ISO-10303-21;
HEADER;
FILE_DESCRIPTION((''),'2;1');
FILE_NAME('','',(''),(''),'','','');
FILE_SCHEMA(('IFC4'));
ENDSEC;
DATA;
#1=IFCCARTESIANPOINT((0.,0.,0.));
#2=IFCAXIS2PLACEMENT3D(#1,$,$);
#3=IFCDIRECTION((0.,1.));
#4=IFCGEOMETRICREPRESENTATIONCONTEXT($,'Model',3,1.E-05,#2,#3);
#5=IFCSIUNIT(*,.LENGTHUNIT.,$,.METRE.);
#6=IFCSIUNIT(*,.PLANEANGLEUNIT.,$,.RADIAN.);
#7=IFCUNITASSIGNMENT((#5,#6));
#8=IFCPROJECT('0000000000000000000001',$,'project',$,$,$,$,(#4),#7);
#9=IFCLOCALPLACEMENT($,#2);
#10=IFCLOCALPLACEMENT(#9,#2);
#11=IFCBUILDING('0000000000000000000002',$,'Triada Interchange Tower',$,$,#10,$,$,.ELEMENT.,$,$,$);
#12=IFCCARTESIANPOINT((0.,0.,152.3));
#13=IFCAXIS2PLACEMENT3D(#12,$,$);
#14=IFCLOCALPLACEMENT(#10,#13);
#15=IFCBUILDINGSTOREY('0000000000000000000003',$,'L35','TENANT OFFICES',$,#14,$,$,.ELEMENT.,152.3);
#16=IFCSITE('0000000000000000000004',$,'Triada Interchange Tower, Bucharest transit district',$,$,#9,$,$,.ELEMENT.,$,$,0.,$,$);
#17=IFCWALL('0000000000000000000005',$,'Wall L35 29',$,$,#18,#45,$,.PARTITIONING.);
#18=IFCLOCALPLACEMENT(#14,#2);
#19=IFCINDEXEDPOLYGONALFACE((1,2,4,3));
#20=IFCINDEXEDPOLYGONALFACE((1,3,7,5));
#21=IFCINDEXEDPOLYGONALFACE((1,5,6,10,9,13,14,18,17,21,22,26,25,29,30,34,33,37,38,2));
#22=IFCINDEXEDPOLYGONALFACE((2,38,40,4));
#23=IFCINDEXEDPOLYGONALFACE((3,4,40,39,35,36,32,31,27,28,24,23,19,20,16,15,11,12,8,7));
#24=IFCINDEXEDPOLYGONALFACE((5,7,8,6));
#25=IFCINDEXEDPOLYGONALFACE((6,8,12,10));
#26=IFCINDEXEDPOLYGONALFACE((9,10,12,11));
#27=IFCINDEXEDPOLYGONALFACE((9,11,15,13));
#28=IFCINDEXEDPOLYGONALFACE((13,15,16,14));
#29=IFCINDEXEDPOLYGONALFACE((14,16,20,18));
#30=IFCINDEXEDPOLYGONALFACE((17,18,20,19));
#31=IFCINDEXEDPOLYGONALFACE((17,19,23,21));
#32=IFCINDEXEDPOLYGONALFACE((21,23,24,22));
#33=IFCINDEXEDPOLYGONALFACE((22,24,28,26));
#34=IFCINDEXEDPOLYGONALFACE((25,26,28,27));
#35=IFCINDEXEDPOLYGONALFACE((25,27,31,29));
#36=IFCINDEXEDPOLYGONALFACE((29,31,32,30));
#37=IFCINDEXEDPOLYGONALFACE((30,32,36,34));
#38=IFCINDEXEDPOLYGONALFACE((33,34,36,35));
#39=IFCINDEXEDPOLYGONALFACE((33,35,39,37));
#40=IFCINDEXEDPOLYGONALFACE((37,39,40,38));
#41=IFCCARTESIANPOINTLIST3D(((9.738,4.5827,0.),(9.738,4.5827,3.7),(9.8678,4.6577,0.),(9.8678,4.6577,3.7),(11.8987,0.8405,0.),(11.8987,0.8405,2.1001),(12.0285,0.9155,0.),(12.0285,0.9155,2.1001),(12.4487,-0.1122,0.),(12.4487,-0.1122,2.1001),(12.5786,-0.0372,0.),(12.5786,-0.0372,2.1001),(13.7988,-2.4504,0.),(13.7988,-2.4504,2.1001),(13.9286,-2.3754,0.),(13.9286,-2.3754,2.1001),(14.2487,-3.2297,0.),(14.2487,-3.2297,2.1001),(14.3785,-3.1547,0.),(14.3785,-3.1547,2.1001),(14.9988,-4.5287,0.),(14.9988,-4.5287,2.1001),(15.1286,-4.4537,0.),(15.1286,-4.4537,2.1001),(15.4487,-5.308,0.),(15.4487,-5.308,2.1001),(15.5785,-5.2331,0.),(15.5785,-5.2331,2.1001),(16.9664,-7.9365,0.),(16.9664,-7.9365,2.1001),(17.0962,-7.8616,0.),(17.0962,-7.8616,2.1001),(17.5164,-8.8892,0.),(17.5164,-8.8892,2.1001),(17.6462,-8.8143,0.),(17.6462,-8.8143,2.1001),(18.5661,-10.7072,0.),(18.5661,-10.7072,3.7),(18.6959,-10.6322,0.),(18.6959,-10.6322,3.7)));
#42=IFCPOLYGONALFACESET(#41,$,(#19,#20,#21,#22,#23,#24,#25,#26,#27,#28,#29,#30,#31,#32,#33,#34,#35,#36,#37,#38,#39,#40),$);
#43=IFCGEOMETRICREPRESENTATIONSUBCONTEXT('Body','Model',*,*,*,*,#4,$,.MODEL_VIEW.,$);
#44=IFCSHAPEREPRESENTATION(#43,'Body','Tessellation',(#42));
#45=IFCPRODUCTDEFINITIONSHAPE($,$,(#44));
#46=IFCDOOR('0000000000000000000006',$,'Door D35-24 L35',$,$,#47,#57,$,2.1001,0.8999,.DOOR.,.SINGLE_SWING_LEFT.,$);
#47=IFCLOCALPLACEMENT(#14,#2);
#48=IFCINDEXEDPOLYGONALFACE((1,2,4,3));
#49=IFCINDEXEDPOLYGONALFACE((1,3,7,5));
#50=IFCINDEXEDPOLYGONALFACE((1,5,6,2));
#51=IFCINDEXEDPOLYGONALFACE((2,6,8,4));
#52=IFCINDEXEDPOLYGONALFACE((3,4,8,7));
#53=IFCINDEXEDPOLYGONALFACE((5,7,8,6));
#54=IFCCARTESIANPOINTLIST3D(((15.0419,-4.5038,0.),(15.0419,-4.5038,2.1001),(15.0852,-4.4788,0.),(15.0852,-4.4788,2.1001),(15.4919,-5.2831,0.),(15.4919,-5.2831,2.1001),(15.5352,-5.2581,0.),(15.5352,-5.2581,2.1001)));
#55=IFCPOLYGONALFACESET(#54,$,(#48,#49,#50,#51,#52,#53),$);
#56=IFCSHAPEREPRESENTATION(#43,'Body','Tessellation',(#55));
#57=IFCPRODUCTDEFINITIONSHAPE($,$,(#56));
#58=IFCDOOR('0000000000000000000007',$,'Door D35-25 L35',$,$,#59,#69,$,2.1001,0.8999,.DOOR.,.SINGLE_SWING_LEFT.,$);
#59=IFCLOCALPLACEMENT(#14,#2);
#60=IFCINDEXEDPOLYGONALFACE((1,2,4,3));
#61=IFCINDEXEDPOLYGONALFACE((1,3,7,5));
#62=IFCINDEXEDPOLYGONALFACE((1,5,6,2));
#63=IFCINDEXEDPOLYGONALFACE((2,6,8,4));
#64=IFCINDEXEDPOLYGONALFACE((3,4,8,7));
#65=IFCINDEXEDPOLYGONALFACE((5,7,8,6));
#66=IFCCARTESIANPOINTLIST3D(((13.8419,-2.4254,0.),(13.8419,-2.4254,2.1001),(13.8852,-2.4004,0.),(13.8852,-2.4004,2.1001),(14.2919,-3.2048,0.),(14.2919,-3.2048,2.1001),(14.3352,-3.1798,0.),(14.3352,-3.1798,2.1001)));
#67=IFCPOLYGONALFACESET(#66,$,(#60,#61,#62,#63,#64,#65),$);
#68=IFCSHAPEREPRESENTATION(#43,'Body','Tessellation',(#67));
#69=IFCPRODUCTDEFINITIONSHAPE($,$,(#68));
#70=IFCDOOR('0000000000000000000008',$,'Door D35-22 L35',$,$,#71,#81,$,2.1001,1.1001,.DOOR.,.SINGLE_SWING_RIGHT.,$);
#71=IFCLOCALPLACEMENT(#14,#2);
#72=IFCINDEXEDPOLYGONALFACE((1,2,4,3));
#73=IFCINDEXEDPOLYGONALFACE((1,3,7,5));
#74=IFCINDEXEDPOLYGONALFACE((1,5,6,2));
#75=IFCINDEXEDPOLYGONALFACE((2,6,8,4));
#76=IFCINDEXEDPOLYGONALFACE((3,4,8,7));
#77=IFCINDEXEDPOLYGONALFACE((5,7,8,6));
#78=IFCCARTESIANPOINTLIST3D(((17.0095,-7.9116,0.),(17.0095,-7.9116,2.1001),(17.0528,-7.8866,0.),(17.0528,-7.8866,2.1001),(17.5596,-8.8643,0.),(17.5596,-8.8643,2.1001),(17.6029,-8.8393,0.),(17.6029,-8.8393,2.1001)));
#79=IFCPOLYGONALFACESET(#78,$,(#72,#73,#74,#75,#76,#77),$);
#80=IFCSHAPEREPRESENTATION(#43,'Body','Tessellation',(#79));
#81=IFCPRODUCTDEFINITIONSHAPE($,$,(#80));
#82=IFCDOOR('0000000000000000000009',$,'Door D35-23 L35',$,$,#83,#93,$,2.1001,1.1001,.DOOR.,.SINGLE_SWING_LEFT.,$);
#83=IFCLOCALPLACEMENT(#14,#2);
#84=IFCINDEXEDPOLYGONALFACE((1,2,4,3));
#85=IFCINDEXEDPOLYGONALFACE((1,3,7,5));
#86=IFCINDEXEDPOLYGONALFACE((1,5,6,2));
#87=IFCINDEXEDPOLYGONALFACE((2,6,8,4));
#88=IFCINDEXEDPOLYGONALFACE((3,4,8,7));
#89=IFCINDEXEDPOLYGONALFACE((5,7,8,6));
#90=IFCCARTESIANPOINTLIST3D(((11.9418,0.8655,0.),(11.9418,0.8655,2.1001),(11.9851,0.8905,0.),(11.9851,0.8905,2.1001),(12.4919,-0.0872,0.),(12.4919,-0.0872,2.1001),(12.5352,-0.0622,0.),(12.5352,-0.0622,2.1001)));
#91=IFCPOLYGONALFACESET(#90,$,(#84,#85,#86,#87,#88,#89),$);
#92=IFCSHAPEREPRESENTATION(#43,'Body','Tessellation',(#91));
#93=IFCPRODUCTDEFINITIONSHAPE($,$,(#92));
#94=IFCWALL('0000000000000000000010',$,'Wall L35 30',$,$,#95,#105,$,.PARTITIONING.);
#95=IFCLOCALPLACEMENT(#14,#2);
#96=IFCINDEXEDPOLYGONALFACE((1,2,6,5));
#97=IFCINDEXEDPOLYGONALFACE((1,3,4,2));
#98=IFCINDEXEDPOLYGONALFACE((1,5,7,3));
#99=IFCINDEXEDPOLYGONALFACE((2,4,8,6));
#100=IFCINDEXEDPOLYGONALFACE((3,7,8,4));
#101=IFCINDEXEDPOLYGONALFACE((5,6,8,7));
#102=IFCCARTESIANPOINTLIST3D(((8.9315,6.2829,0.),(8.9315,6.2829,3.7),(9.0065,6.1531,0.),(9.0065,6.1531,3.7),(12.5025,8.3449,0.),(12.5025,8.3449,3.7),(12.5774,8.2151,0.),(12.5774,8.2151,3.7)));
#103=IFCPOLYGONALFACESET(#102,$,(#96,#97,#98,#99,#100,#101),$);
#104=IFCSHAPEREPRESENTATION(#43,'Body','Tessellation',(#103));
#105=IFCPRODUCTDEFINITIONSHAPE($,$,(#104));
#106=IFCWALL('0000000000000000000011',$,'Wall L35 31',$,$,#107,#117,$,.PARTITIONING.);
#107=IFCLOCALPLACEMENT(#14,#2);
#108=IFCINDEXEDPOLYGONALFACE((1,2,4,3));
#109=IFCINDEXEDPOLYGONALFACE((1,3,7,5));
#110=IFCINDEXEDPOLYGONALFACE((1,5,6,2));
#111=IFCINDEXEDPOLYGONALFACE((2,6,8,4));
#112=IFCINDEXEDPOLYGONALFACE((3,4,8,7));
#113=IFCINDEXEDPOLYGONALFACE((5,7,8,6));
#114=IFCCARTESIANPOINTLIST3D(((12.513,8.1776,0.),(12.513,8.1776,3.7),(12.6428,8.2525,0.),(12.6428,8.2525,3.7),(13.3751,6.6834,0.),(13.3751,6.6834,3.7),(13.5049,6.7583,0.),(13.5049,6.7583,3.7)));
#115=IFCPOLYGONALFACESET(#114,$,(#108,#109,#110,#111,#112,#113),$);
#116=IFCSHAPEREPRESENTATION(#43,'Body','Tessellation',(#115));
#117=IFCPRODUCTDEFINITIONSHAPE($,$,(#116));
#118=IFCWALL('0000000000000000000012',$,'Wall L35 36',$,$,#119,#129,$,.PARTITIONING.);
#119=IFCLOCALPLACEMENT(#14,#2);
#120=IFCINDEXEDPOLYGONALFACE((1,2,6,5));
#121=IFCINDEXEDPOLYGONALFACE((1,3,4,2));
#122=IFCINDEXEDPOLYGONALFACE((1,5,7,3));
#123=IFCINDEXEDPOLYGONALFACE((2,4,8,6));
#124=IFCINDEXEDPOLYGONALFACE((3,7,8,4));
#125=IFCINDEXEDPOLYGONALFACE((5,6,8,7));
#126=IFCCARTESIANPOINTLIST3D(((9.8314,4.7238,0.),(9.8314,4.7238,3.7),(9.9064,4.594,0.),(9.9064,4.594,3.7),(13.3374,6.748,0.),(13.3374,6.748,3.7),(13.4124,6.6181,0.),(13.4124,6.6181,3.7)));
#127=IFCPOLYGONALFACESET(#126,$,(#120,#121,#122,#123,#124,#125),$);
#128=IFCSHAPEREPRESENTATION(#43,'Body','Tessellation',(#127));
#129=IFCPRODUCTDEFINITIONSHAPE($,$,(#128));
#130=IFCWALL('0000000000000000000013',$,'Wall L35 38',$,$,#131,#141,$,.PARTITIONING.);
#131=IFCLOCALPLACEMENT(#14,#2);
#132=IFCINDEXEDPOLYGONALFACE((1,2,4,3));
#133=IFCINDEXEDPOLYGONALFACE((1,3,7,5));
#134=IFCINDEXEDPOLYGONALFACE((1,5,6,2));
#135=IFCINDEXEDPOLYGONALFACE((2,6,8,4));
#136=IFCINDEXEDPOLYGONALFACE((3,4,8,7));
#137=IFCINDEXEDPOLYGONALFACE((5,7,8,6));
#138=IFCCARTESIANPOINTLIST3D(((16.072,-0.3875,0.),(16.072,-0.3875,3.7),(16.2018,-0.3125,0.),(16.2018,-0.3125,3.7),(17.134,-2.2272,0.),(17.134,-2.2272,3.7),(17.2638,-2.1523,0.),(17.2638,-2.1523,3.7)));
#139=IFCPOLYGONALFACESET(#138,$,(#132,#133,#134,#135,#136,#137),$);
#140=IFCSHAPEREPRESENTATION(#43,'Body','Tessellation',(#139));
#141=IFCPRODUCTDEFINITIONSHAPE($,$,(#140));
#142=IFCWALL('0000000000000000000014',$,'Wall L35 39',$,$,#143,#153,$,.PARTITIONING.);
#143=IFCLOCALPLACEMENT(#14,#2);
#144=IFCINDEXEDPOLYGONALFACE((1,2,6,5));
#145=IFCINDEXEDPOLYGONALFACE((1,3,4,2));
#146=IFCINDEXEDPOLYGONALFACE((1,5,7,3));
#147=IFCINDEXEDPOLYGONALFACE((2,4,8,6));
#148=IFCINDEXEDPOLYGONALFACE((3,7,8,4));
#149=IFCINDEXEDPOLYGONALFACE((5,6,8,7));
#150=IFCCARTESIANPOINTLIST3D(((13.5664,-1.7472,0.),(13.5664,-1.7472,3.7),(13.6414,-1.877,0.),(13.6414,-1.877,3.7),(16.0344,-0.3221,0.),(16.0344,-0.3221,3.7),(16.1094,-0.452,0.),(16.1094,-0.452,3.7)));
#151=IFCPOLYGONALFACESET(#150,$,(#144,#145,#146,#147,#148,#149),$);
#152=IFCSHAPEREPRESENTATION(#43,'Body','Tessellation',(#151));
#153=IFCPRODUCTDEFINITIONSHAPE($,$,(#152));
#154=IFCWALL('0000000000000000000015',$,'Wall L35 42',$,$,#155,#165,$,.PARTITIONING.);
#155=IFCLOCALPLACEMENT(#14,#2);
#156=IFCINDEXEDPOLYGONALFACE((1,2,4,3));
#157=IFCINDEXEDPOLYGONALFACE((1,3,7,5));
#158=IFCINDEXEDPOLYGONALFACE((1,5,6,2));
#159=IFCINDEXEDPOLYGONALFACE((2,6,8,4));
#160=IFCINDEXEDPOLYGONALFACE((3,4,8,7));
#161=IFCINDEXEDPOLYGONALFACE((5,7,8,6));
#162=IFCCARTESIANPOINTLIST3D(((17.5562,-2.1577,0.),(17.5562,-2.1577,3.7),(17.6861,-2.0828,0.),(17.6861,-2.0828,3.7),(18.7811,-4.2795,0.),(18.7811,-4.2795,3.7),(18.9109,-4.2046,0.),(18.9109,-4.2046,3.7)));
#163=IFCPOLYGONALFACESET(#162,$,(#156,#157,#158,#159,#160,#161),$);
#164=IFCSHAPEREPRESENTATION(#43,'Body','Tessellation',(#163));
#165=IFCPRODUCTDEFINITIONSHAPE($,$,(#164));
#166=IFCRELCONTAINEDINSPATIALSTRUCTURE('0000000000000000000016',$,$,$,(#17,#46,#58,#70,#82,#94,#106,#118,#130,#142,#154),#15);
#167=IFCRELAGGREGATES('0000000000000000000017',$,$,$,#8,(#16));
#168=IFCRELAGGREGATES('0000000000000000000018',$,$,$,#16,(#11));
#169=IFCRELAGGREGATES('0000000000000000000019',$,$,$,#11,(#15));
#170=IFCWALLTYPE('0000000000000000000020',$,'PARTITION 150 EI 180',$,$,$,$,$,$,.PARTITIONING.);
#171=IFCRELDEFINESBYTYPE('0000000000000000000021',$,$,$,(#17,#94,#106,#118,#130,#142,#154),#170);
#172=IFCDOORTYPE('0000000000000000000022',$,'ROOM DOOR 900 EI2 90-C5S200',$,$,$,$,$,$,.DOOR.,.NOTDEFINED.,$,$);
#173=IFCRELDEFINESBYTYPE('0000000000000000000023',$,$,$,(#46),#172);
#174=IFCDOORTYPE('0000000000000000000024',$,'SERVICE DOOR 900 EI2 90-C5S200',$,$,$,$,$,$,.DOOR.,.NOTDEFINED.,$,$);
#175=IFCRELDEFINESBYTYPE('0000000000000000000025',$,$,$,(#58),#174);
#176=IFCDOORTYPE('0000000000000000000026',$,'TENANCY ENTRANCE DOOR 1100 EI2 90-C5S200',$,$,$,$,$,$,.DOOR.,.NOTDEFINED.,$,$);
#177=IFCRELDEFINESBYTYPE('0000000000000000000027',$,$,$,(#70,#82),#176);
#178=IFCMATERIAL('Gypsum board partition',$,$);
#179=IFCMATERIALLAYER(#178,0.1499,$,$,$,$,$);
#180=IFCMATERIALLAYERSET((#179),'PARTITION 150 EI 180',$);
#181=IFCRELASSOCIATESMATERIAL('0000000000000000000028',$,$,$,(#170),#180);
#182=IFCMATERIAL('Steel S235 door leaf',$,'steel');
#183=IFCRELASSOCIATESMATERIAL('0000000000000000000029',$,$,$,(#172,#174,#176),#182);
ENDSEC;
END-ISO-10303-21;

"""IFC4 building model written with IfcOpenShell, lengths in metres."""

from ifc_helpers import new_model, si_unit, direction, frame, frame_2d, origin, place, context, subcontext, project, spatial, rectangle, extrude, material, layer, layer_set, type_object, element, fill, save


model = new_model("IFC4")

# Units and contexts
model_context = context("Model", 3, precision=1e-05, world=origin(), true_north=direction((0.0, 1.0)))
body_context = subcontext(model_context, "Body", "Model", "MODEL_VIEW")
ifc_project = project(units=[si_unit("LENGTHUNIT", "METRE"), si_unit("PLANEANGLEUNIT", "RADIAN")], contexts=[model_context])

# Site, building, storey
site_placement = place(None, origin())
site = spatial("IfcSite", under=ifc_project, at=site_placement, Name="Triada Interchange Tower, Bucharest transit district", CompositionType="ELEMENT", RefElevation=0.0)
building_placement = place(site_placement, origin())
building = spatial("IfcBuilding", under=site, at=building_placement, Name="Triada Interchange Tower", CompositionType="ELEMENT")
storey_placement = place(building_placement, frame((0.0, 0.0, 152.3)))
storey = spatial("IfcBuildingStorey", under=building, at=storey_placement, Name="L35", Description="TENANT OFFICES", CompositionType="ELEMENT", Elevation=152.3)

# Shared definitions
ifc_material_1 = material(Name="Gypsum board partition")
ifc_layer_1 = layer(ifc_material_1, 0.1499)
ifc_layer_set_1 = layer_set([ifc_layer_1], Name="PARTITION 150 EI 180")
wall_type = type_object("IfcWallType", Name="PARTITION 150 EI 180", PredefinedType="PARTITIONING", material=ifc_layer_set_1)

# Wall, openings, doors
wall_1_placement = place(storey_placement, frame((9.803, 4.6201, 0.0), z_axis=(0.0, 0.0, 1.0), x_axis=(0.500018, -0.866015, 0.0)))
wall_1 = element("IfcWall", 1, at=wall_1_placement, inside=storey, type_object=wall_type, Name="Wall L35 29", PredefinedType="PARTITIONING", context=body_context, shape_type="SweptSolid", body=[
    extrude(rectangle(XDim=17.6555, YDim=0.1499, at=frame_2d((8.8276, 0.0))), origin(), (0.0, 0.0, 1.0), 3.7),
])
opening_1_placement = place(wall_1_placement, frame((14.4561, 0.0, 0.0)))
opening_1 = element("IfcOpeningElement", 2, at=opening_1_placement, cuts=wall_1, PredefinedType="OPENING", context=body_context, shape_type="SweptSolid", body=[
    extrude(rectangle(XDim=1.1001, YDim=2.1001, at=frame_2d((0.55, 1.05))), frame((0.0, 0.085, 0.0), z_axis=(0.0, -1.0, 0.0), x_axis=(1.0, 0.0, 0.0)), (0.0, 0.0, 1.0), 0.1699),
])
opening_2_placement = place(wall_1_placement, frame((4.321, 0.0, 0.0)))
opening_2 = element("IfcOpeningElement", 3, at=opening_2_placement, cuts=wall_1, PredefinedType="OPENING", context=body_context, shape_type="SweptSolid", body=[
    extrude(rectangle(XDim=1.1001, YDim=2.1001, at=frame_2d((0.55, 1.05))), frame((0.0, 0.085, 0.0), z_axis=(0.0, -1.0, 0.0), x_axis=(1.0, 0.0, 0.0)), (0.0, 0.0, 1.0), 0.1699),
])
opening_3_placement = place(wall_1_placement, frame((10.521, 0.0, 0.0)))
opening_3 = element("IfcOpeningElement", 4, at=opening_3_placement, cuts=wall_1, PredefinedType="OPENING", context=body_context, shape_type="SweptSolid", body=[
    extrude(rectangle(XDim=0.8999, YDim=2.1001, at=frame_2d((0.45, 1.05))), frame((0.0, 0.085, 0.0), z_axis=(0.0, -1.0, 0.0), x_axis=(1.0, 0.0, 0.0)), (0.0, 0.0, 1.0), 0.1699),
])
opening_4_placement = place(wall_1_placement, frame((8.1211, 0.0, 0.0)))
opening_4 = element("IfcOpeningElement", 5, at=opening_4_placement, cuts=wall_1, PredefinedType="OPENING", context=body_context, shape_type="SweptSolid", body=[
    extrude(rectangle(XDim=0.8999, YDim=2.1001, at=frame_2d((0.45, 1.05))), frame((0.0, 0.085, 0.0), z_axis=(0.0, -1.0, 0.0), x_axis=(1.0, 0.0, 0.0)), (0.0, 0.0, 1.0), 0.1699),
])
ifc_material_2 = material(Name="Steel S235 door leaf", Category="steel")
door_type_1 = type_object("IfcDoorType", Name="ROOM DOOR 900 EI2 90-C5S200", OperationType="NOTDEFINED", PredefinedType="DOOR", material=ifc_material_2)
door_1_placement = place(opening_3_placement, origin())
door_1 = element("IfcDoor", 6, at=door_1_placement, inside=storey, type_object=door_type_1, Name="Door D35-24 L35", OperationType="SINGLE_SWING_LEFT", OverallHeight=2.1001, OverallWidth=0.8999, PredefinedType="DOOR", context=body_context, shape_type="SweptSolid", body=[
    extrude(rectangle(XDim=0.8999, YDim=2.1001, at=frame_2d((0.45, 1.05))), frame((0.0, 0.0249, 0.0), z_axis=(0.0, -1.0, 0.0), x_axis=(1.0, 0.0, 0.0)), (0.0, 0.0, 1.0), 0.05),
])
fill(opening_3, door_1)
door_type_2 = type_object("IfcDoorType", Name="SERVICE DOOR 900 EI2 90-C5S200", OperationType="NOTDEFINED", PredefinedType="DOOR", material=ifc_material_2)
door_2_placement = place(opening_4_placement, origin())
door_2 = element("IfcDoor", 7, at=door_2_placement, inside=storey, type_object=door_type_2, Name="Door D35-25 L35", OperationType="SINGLE_SWING_LEFT", OverallHeight=2.1001, OverallWidth=0.8999, PredefinedType="DOOR", context=body_context, shape_type="SweptSolid", body=[
    extrude(rectangle(XDim=0.8999, YDim=2.1001, at=frame_2d((0.45, 1.05))), frame((0.0, 0.0249, 0.0), z_axis=(0.0, -1.0, 0.0), x_axis=(1.0, 0.0, 0.0)), (0.0, 0.0, 1.0), 0.05),
])
fill(opening_4, door_2)
door_type_3 = type_object("IfcDoorType", Name="TENANCY ENTRANCE DOOR 1100 EI2 90-C5S200", OperationType="NOTDEFINED", PredefinedType="DOOR", material=ifc_material_2)
door_3_placement = place(opening_1_placement, origin())
door_3 = element("IfcDoor", 8, at=door_3_placement, inside=storey, type_object=door_type_3, Name="Door D35-22 L35", OperationType="SINGLE_SWING_RIGHT", OverallHeight=2.1001, OverallWidth=1.1001, PredefinedType="DOOR", context=body_context, shape_type="SweptSolid", body=[
    extrude(rectangle(XDim=1.1001, YDim=2.1001, at=frame_2d((0.55, 1.05))), frame((0.0, 0.0249, 0.0), z_axis=(0.0, -1.0, 0.0), x_axis=(1.0, 0.0, 0.0)), (0.0, 0.0, 1.0), 0.05),
])
fill(opening_1, door_3)
door_4_placement = place(opening_2_placement, origin())
door_4 = element("IfcDoor", 9, at=door_4_placement, inside=storey, type_object=door_type_3, Name="Door D35-23 L35", OperationType="SINGLE_SWING_LEFT", OverallHeight=2.1001, OverallWidth=1.1001, PredefinedType="DOOR", context=body_context, shape_type="SweptSolid", body=[
    extrude(rectangle(XDim=1.1001, YDim=2.1001, at=frame_2d((0.55, 1.05))), frame((0.0, 0.0249, 0.0), z_axis=(0.0, -1.0, 0.0), x_axis=(1.0, 0.0, 0.0)), (0.0, 0.0, 1.0), 0.05),
])
fill(opening_2, door_4)

# Walls
wall_2_placement = place(storey_placement, frame((8.969, 6.218, 0.0), z_axis=(0.0, 0.0, 1.0), x_axis=(0.865997, 0.500049, 0.0)))
element("IfcWall", 10, at=wall_2_placement, inside=storey, type_object=wall_type, Name="Wall L35 30", PredefinedType="PARTITIONING", context=body_context, shape_type="SweptSolid", body=[
    extrude(rectangle(XDim=4.1235, YDim=0.1499, at=frame_2d((2.0618, 0.0))), origin(), (0.0, 0.0, 1.0), 3.7),
])
wall_3_placement = place(storey_placement, frame((12.5779, 8.2151, 0.0), z_axis=(0.0, 0.0, 1.0), x_axis=(0.499747, -0.866171, 0.0)))
element("IfcWall", 11, at=wall_3_placement, inside=storey, type_object=wall_type, Name="Wall L35 31", PredefinedType="PARTITIONING", context=body_context, shape_type="SweptSolid", body=[
    extrude(rectangle(XDim=1.7251, YDim=0.1499, at=frame_2d((0.8625, 0.0))), origin(), (0.0, 0.0, 1.0), 3.7),
])
wall_4_placement = place(storey_placement, frame((9.8689, 4.6589, 0.0), z_axis=(0.0, 0.0, 1.0), x_axis=(0.866034, 0.499985, 0.0)))
element("IfcWall", 12, at=wall_4_placement, inside=storey, type_object=wall_type, Name="Wall L35 36", PredefinedType="PARTITIONING", context=body_context, shape_type="SweptSolid", body=[
    extrude(rectangle(XDim=4.0483, YDim=0.1499, at=frame_2d((2.0242, 0.0))), origin(), (0.0, 0.0, 1.0), 3.7),
])
wall_5_placement = place(storey_placement, frame((16.137, -0.3501, 0.0), z_axis=(0.0, 0.0, 1.0), x_axis=(0.499921, -0.866071, 0.0)))
element("IfcWall", 13, at=wall_5_placement, inside=storey, type_object=wall_type, Name="Wall L35 38", PredefinedType="PARTITIONING", context=body_context, shape_type="SweptSolid", body=[
    extrude(rectangle(XDim=2.1243, YDim=0.1499, at=frame_2d((1.062, 0.0))), origin(), (0.0, 0.0, 1.0), 3.7),
])
wall_6_placement = place(storey_placement, frame((13.604, -1.812, 0.0), z_axis=(0.0, 0.0, 1.0), x_axis=(0.866004, 0.500036, 0.0)))
element("IfcWall", 14, at=wall_6_placement, inside=storey, type_object=wall_type, Name="Wall L35 39", PredefinedType="PARTITIONING", context=body_context, shape_type="SweptSolid", body=[
    extrude(rectangle(XDim=2.8499, YDim=0.1499, at=frame_2d((1.4248, 0.0))), origin(), (0.0, 0.0, 1.0), 3.7),
])
wall_7_placement = place(storey_placement, frame((17.6211, -2.1201, 0.0), z_axis=(0.0, 0.0, 1.0), x_axis=(0.499944, -0.866058, 0.0)))
element("IfcWall", 15, at=wall_7_placement, inside=storey, type_object=wall_type, Name="Wall L35 42", PredefinedType="PARTITIONING", context=body_context, shape_type="SweptSolid", body=[
    extrude(rectangle(XDim=2.45, YDim=0.1499, at=frame_2d((1.2251, 0.0))), origin(), (0.0, 0.0, 1.0), 3.7),
])

save(model, "model.ifc")
